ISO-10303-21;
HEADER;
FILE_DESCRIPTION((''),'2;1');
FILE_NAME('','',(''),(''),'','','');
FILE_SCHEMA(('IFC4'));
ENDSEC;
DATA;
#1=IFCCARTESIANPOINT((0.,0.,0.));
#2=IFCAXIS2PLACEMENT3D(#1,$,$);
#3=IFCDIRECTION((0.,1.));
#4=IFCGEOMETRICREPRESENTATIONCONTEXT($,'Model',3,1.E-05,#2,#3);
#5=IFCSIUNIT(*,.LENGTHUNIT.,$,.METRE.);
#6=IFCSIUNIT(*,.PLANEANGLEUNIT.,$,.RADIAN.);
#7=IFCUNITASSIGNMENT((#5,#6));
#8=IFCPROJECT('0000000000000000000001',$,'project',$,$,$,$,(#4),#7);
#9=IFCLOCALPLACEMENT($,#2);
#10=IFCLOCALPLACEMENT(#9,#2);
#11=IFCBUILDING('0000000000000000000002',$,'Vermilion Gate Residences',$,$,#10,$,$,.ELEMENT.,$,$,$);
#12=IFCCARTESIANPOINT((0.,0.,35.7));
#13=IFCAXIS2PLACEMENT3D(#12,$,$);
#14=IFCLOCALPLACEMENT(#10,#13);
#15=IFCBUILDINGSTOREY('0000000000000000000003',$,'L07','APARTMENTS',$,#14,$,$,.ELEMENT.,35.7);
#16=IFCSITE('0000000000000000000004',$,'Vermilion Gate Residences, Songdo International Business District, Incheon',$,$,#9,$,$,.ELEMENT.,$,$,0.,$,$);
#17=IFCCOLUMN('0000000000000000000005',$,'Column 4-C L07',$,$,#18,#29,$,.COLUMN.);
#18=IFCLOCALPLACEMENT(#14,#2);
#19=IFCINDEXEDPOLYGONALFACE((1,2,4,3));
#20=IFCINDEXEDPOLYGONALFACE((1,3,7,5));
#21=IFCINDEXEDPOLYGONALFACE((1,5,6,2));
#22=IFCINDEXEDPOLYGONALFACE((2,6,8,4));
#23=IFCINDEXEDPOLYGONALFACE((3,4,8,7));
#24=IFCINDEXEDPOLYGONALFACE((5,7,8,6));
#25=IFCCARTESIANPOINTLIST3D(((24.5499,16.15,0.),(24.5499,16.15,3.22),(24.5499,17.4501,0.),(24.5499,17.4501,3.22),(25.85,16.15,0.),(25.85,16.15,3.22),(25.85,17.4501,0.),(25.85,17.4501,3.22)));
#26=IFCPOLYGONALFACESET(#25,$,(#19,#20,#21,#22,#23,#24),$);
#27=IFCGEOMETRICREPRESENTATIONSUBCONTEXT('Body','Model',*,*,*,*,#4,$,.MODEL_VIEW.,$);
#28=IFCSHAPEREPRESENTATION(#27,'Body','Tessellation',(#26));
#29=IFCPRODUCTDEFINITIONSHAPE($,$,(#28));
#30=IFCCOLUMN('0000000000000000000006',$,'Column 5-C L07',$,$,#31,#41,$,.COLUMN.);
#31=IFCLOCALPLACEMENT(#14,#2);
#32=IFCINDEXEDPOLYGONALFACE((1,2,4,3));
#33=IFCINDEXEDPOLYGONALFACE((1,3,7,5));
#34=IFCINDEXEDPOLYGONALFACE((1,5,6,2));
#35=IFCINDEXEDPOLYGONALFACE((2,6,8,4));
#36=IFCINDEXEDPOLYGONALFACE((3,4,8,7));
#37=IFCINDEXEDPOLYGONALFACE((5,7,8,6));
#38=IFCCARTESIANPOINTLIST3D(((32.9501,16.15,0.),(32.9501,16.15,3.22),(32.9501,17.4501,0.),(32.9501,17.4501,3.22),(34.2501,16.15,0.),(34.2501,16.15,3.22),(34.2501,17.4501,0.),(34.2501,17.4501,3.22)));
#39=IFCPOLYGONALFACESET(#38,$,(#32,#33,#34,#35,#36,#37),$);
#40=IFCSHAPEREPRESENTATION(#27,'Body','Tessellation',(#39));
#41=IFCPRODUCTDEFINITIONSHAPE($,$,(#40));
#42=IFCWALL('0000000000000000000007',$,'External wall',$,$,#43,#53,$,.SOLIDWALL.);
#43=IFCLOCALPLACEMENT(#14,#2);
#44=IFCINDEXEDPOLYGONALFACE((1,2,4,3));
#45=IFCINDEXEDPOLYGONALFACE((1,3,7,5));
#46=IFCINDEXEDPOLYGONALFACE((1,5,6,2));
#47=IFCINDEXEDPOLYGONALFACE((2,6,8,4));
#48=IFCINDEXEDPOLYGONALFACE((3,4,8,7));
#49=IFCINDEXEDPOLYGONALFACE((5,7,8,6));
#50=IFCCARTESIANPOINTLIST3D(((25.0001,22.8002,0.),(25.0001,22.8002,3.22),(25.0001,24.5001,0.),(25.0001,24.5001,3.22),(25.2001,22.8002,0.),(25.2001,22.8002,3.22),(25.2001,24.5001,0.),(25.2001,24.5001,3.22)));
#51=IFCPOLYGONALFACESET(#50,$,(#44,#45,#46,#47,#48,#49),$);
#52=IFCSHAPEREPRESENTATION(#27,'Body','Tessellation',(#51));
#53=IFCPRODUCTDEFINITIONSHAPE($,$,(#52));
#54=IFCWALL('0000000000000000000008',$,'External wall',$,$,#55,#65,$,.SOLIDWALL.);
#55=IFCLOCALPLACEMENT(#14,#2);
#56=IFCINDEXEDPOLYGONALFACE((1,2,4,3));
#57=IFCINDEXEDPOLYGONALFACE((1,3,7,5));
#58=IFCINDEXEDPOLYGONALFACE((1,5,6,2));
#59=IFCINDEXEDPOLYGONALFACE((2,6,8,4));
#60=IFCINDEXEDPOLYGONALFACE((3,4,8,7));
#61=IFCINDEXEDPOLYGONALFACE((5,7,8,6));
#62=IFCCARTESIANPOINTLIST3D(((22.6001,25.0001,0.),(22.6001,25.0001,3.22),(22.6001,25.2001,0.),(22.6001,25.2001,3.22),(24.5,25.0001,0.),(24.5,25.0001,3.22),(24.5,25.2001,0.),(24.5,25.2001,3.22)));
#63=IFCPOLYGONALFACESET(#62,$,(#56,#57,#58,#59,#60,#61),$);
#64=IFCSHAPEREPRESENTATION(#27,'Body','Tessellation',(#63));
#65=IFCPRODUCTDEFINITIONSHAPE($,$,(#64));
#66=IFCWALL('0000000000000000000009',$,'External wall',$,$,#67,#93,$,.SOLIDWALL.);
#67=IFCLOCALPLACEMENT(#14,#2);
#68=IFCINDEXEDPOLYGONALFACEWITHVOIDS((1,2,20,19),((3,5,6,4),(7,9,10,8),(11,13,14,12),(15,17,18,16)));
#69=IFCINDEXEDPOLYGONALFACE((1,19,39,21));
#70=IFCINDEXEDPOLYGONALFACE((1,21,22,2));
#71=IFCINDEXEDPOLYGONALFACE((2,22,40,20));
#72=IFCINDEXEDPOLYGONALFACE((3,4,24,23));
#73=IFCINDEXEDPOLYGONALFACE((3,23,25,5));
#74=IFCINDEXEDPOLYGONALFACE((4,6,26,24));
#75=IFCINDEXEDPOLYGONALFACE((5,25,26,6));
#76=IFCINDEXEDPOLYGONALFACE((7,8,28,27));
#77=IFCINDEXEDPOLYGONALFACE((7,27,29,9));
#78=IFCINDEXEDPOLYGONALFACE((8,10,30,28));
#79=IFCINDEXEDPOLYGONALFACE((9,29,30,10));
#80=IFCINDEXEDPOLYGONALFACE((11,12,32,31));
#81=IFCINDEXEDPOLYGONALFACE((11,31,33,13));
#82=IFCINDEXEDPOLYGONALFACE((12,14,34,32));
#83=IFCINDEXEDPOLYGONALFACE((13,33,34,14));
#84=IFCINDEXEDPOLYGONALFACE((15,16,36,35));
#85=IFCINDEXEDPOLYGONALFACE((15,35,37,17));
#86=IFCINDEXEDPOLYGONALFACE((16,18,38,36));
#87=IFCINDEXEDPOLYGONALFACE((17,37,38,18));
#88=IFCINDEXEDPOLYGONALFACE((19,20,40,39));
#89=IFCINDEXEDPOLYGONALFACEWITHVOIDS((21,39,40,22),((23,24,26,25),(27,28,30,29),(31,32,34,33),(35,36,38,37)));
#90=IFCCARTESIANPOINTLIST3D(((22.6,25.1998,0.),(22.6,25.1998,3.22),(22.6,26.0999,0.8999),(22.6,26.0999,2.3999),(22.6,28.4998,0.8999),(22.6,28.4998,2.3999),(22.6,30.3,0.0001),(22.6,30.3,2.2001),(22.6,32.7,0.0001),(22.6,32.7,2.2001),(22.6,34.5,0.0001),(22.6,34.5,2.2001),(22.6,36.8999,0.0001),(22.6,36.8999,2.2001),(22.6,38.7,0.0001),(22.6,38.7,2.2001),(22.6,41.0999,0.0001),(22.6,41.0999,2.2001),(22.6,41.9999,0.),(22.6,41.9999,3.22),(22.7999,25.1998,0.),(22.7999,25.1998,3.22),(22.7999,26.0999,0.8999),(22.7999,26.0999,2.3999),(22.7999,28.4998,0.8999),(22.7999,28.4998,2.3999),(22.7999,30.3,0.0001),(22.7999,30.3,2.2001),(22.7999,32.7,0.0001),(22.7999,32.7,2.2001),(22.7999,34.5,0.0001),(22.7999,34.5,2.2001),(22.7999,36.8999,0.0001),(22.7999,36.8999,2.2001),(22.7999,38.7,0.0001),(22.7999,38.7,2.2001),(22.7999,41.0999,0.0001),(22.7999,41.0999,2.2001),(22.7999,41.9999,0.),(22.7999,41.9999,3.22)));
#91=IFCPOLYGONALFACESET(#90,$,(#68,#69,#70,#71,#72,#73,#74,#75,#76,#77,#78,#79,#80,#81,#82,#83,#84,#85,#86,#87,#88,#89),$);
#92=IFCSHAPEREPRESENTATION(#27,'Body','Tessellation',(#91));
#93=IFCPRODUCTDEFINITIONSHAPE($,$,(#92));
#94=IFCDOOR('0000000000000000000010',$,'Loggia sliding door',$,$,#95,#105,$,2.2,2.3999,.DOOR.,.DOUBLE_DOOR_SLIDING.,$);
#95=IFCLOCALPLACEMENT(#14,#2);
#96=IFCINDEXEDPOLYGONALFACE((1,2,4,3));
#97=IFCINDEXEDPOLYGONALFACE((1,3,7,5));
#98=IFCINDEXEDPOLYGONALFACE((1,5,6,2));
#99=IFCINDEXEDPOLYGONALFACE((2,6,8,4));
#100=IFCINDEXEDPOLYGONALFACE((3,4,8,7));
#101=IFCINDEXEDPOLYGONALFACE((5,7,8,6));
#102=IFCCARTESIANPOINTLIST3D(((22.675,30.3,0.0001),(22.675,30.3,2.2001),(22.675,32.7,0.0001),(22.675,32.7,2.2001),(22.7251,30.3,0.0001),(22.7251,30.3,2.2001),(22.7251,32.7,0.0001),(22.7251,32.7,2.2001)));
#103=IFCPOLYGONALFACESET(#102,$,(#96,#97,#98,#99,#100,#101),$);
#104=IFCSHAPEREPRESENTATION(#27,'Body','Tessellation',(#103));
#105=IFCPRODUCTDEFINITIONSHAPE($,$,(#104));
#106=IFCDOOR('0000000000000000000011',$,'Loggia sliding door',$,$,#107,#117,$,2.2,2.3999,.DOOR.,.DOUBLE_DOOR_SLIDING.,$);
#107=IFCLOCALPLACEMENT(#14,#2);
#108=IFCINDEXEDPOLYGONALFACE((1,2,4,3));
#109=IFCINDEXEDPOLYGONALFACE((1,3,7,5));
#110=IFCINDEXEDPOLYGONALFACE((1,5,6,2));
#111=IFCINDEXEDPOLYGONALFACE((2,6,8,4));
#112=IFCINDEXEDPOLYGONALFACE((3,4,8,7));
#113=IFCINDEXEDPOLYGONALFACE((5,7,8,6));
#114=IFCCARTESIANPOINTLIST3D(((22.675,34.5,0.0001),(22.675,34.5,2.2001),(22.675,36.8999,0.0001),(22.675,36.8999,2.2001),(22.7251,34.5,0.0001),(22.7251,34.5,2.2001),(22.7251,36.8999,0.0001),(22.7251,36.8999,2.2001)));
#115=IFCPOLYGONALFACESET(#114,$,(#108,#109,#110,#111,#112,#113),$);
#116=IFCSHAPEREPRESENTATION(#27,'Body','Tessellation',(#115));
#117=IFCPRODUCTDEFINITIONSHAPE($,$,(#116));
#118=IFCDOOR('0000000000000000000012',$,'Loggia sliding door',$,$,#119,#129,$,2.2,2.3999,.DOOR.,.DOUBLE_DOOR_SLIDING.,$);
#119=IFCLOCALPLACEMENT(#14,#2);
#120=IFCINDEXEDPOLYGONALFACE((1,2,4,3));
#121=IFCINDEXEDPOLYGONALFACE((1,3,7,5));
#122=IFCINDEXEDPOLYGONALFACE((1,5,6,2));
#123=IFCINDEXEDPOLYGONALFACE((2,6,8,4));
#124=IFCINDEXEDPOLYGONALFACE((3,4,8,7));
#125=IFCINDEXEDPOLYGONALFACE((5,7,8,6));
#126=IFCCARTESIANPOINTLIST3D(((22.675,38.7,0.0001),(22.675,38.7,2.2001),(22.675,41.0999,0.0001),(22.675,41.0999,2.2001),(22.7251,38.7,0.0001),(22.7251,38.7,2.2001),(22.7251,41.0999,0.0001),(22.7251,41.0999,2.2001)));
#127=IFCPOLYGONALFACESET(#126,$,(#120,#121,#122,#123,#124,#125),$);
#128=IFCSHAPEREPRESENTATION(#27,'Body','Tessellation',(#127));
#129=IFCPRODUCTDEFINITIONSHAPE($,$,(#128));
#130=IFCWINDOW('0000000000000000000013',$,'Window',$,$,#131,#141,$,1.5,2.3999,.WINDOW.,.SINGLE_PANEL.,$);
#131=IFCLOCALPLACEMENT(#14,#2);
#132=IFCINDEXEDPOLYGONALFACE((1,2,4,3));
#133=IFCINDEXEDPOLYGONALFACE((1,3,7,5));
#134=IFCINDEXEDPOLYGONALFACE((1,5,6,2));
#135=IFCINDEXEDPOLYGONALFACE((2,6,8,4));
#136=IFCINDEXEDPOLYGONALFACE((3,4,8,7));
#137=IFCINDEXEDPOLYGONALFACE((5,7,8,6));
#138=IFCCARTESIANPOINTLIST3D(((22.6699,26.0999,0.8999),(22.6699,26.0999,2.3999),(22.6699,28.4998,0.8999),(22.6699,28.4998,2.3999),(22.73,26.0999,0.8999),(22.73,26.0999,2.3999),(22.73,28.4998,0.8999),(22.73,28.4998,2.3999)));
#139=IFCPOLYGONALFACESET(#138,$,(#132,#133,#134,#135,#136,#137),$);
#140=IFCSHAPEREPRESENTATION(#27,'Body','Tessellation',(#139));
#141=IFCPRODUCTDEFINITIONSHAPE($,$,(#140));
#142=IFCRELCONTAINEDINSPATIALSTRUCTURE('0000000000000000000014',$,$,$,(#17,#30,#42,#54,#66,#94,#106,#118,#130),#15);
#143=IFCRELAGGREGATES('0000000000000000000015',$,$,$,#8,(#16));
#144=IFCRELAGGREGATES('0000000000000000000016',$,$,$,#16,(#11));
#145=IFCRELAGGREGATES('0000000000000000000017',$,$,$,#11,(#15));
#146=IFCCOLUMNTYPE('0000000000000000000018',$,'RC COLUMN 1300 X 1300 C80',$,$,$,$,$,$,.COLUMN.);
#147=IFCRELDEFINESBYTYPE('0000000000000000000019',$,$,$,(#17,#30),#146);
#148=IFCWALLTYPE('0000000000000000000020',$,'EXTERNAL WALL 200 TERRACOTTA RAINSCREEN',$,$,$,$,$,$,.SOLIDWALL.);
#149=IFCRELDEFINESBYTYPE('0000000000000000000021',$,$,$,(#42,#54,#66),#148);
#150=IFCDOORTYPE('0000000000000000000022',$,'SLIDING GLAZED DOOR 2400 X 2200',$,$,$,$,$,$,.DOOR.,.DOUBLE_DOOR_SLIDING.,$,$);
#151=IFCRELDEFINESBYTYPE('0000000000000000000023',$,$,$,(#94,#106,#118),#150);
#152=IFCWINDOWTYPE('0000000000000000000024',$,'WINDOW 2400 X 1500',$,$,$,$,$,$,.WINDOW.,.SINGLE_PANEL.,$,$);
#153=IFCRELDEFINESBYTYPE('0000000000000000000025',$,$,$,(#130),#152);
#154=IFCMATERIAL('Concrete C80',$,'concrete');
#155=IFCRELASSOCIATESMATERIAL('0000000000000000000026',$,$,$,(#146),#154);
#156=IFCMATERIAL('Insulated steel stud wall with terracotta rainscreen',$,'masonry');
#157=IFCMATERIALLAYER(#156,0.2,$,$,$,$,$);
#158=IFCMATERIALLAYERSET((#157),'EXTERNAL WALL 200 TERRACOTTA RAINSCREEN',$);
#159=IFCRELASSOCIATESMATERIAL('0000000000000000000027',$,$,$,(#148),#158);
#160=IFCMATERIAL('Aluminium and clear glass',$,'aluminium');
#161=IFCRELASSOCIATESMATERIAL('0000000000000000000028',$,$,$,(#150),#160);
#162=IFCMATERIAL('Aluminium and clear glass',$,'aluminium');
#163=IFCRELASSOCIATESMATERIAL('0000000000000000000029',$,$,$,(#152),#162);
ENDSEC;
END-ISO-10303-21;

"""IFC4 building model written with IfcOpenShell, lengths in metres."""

from ifc_helpers import new_model, si_unit, direction, frame, frame_2d, origin, origin_2d, place, context, subcontext, project, spatial, rectangle, extrude, material, layer, layer_set, material_profile, profile_set, type_object, element, fill, save


model = new_model("IFC4")

# Units and contexts
model_context = context("Model", 3, precision=1e-05, world=origin(), true_north=direction((0.0, 1.0)))
body_context = subcontext(model_context, "Body", "Model", "MODEL_VIEW")
ifc_project = project(units=[si_unit("LENGTHUNIT", "METRE"), si_unit("PLANEANGLEUNIT", "RADIAN")], contexts=[model_context])

# Site, building, storey
site_placement = place(None, origin())
site = spatial("IfcSite", under=ifc_project, at=site_placement, Name="Vermilion Gate Residences, Songdo International Business District, Incheon", CompositionType="ELEMENT", RefElevation=0.0)
building_placement = place(site_placement, origin())
building = spatial("IfcBuilding", under=site, at=building_placement, Name="Vermilion Gate Residences", CompositionType="ELEMENT")
storey_placement = place(building_placement, frame((0.0, 0.0, 35.7)))
storey = spatial("IfcBuildingStorey", under=building, at=storey_placement, Name="L07", Description="APARTMENTS", CompositionType="ELEMENT", Elevation=35.7)

# Columns
ifc_material_1 = material(Name="Concrete C80", Category="concrete")
ifc_material_profile = material_profile(ifc_material_1, rectangle(XDim=1.3, YDim=1.3, at=origin_2d()), Name="RC-1300x1300")
ifc_profile_set = profile_set([ifc_material_profile], Name="Concrete C80")
column_type = type_object("IfcColumnType", Name="RC COLUMN 1300 X 1300 C80", PredefinedType="COLUMN", material=ifc_profile_set)
for number, where, z_axis, x_axis, name in (
    (1, (25.2, 16.8, 0.0), (0.0, 0.0, 1.0), (1.0, 0.0, 0.0), "Column 4-C L07"),
    (2, (33.6001, 16.8, 0.0), (0.0, 0.0, 1.0), (1.0, 0.0, 0.0), "Column 5-C L07"),
):
    element("IfcColumn", number, at=place(storey_placement, frame(where, z_axis=z_axis, x_axis=x_axis)), inside=storey, type_object=column_type, Name=name, PredefinedType="COLUMN", context=body_context, shape_type="SweptSolid", body=[
        extrude(rectangle(XDim=1.3, YDim=1.3, at=origin_2d()), origin(), (0.0, 0.0, 1.0), 3.22),
    ])

# Walls
ifc_material_2 = material(Name="Insulated steel stud wall with terracotta rainscreen", Category="masonry")
ifc_layer_1 = layer(ifc_material_2, 0.2)
ifc_layer_set_1 = layer_set([ifc_layer_1], Name="EXTERNAL WALL 200 TERRACOTTA RAINSCREEN")
wall_type_1 = type_object("IfcWallType", Name="EXTERNAL WALL 200 TERRACOTTA RAINSCREEN", PredefinedType="SOLIDWALL", material=ifc_layer_set_1)
wall_1_placement = place(storey_placement, frame((25.1001, 22.8, 0.0), z_axis=(0.0, 0.0, 1.0), x_axis=(0.0, 1.0, 0.0)))
element("IfcWall", 3, at=wall_1_placement, inside=storey, type_object=wall_type_1, Name="External wall", PredefinedType="SOLIDWALL", context=body_context, shape_type="SweptSolid", body=[
    extrude(rectangle(XDim=1.7, YDim=0.2, at=frame_2d((0.8501, 0.0))), origin(), (0.0, 0.0, 1.0), 3.22),
])
wall_2_placement = place(storey_placement, frame((24.5, 25.1001, 0.0), z_axis=(0.0, 0.0, 1.0), x_axis=(-1.0, 0.0, 0.0)))
element("IfcWall", 4, at=wall_2_placement, inside=storey, type_object=wall_type_1, Name="External wall", PredefinedType="SOLIDWALL", context=body_context, shape_type="SweptSolid", body=[
    extrude(rectangle(XDim=1.8999, YDim=0.2, at=frame_2d((0.95, 0.0))), origin(), (0.0, 0.0, 1.0), 3.22),
])

# Wall, openings, doors, window
wall_3_placement = place(storey_placement, frame((22.7, 25.2, 0.0), z_axis=(0.0, 0.0, 1.0), x_axis=(0.0, 1.0, 0.0)))
wall_3 = element("IfcWall", 5, at=wall_3_placement, inside=storey, type_object=wall_type_1, Name="External wall", PredefinedType="SOLIDWALL", context=body_context, shape_type="SweptSolid", body=[
    extrude(rectangle(XDim=16.8, YDim=0.2, at=frame_2d((8.3999, 0.0))), origin(), (0.0, 0.0, 1.0), 3.22),
])
opening_1_placement = place(wall_3_placement, frame((0.8999, 0.0, 0.8999)))
opening_1 = element("IfcOpeningElement", 6, at=opening_1_placement, cuts=wall_3, PredefinedType="OPENING", context=body_context, shape_type="SweptSolid", body=[
    extrude(rectangle(XDim=2.3999, YDim=1.5, at=frame_2d((1.2, 0.75))), frame((0.0, 0.1099, 0.0), z_axis=(0.0, -1.0, 0.0), x_axis=(1.0, 0.0, 0.0)), (0.0, 0.0, 1.0), 0.22),
])
opening_2_placement = place(wall_3_placement, frame((5.1001, 0.0, 0.0)))
opening_2 = element("IfcOpeningElement", 7, at=opening_2_placement, cuts=wall_3, PredefinedType="OPENING", context=body_context, shape_type="SweptSolid", body=[
    extrude(rectangle(XDim=2.3999, YDim=2.2, at=frame_2d((1.2, 1.1001))), frame((0.0, 0.1099, 0.0), z_axis=(0.0, -1.0, 0.0), x_axis=(1.0, 0.0, 0.0)), (0.0, 0.0, 1.0), 0.22),
])
opening_3_placement = place(wall_3_placement, frame((9.3, 0.0, 0.0)))
opening_3 = element("IfcOpeningElement", 8, at=opening_3_placement, cuts=wall_3, PredefinedType="OPENING", context=body_context, shape_type="SweptSolid", body=[
    extrude(rectangle(XDim=2.3999, YDim=2.2, at=frame_2d((1.2, 1.1001))), frame((0.0, 0.1099, 0.0), z_axis=(0.0, -1.0, 0.0), x_axis=(1.0, 0.0, 0.0)), (0.0, 0.0, 1.0), 0.22),
])
opening_4_placement = place(wall_3_placement, frame((13.5, 0.0, 0.0)))
opening_4 = element("IfcOpeningElement", 9, at=opening_4_placement, cuts=wall_3, PredefinedType="OPENING", context=body_context, shape_type="SweptSolid", body=[
    extrude(rectangle(XDim=2.3999, YDim=2.2, at=frame_2d((1.2, 1.1001))), frame((0.0, 0.1099, 0.0), z_axis=(0.0, -1.0, 0.0), x_axis=(1.0, 0.0, 0.0)), (0.0, 0.0, 1.0), 0.22),
])
ifc_material_3 = material(Name="Aluminium and clear glass", Category="aluminium")
door_type_1 = type_object("IfcDoorType", Name="SLIDING GLAZED DOOR 2400 X 2200", OperationType="DOUBLE_DOOR_SLIDING", PredefinedType="DOOR", material=ifc_material_3)
door_1_placement = place(opening_2_placement, origin())
door_1 = element("IfcDoor", 10, at=door_1_placement, inside=storey, type_object=door_type_1, Name="Loggia sliding door", OperationType="DOUBLE_DOOR_SLIDING", OverallHeight=2.2, OverallWidth=2.3999, PredefinedType="DOOR", context=body_context, shape_type="SweptSolid", body=[
    extrude(rectangle(XDim=2.3999, YDim=2.2, at=frame_2d((1.2, 1.1001))), frame((0.0, 0.0249, 0.0), z_axis=(0.0, -1.0, 0.0), x_axis=(1.0, 0.0, 0.0)), (0.0, 0.0, 1.0), 0.05),
])
fill(opening_2, door_1)
door_2_placement = place(opening_3_placement, origin())
door_2 = element("IfcDoor", 11, at=door_2_placement, inside=storey, type_object=door_type_1, Name="Loggia sliding door", OperationType="DOUBLE_DOOR_SLIDING", OverallHeight=2.2, OverallWidth=2.3999, PredefinedType="DOOR", context=body_context, shape_type="SweptSolid", body=[
    extrude(rectangle(XDim=2.3999, YDim=2.2, at=frame_2d((1.2, 1.1001))), frame((0.0, 0.0249, 0.0), z_axis=(0.0, -1.0, 0.0), x_axis=(1.0, 0.0, 0.0)), (0.0, 0.0, 1.0), 0.05),
])
fill(opening_3, door_2)
door_3_placement = place(opening_4_placement, origin())
door_3 = element("IfcDoor", 12, at=door_3_placement, inside=storey, type_object=door_type_1, Name="Loggia sliding door", OperationType="DOUBLE_DOOR_SLIDING", OverallHeight=2.2, OverallWidth=2.3999, PredefinedType="DOOR", context=body_context, shape_type="SweptSolid", body=[
    extrude(rectangle(XDim=2.3999, YDim=2.2, at=frame_2d((1.2, 1.1001))), frame((0.0, 0.0249, 0.0), z_axis=(0.0, -1.0, 0.0), x_axis=(1.0, 0.0, 0.0)), (0.0, 0.0, 1.0), 0.05),
])
fill(opening_4, door_3)
ifc_material_4 = material(Name="Aluminium and clear glass", Category="aluminium")
window_type = type_object("IfcWindowType", Name="WINDOW 2400 X 1500", PartitioningType="SINGLE_PANEL", PredefinedType="WINDOW", material=ifc_material_4)
window_placement = place(opening_1_placement, origin())
window = element("IfcWindow", 13, at=window_placement, inside=storey, type_object=window_type, Name="Window", OverallHeight=1.5, OverallWidth=2.3999, PartitioningType="SINGLE_PANEL", PredefinedType="WINDOW", context=body_context, shape_type="SweptSolid", body=[
    extrude(rectangle(XDim=2.3999, YDim=1.5, at=frame_2d((1.2, 0.75))), frame((0.0, 0.03, 0.0), z_axis=(0.0, -1.0, 0.0), x_axis=(1.0, 0.0, 0.0)), (0.0, 0.0, 1.0), 0.0601),
])
fill(opening_1, window)

save(model, "model.ifc")
